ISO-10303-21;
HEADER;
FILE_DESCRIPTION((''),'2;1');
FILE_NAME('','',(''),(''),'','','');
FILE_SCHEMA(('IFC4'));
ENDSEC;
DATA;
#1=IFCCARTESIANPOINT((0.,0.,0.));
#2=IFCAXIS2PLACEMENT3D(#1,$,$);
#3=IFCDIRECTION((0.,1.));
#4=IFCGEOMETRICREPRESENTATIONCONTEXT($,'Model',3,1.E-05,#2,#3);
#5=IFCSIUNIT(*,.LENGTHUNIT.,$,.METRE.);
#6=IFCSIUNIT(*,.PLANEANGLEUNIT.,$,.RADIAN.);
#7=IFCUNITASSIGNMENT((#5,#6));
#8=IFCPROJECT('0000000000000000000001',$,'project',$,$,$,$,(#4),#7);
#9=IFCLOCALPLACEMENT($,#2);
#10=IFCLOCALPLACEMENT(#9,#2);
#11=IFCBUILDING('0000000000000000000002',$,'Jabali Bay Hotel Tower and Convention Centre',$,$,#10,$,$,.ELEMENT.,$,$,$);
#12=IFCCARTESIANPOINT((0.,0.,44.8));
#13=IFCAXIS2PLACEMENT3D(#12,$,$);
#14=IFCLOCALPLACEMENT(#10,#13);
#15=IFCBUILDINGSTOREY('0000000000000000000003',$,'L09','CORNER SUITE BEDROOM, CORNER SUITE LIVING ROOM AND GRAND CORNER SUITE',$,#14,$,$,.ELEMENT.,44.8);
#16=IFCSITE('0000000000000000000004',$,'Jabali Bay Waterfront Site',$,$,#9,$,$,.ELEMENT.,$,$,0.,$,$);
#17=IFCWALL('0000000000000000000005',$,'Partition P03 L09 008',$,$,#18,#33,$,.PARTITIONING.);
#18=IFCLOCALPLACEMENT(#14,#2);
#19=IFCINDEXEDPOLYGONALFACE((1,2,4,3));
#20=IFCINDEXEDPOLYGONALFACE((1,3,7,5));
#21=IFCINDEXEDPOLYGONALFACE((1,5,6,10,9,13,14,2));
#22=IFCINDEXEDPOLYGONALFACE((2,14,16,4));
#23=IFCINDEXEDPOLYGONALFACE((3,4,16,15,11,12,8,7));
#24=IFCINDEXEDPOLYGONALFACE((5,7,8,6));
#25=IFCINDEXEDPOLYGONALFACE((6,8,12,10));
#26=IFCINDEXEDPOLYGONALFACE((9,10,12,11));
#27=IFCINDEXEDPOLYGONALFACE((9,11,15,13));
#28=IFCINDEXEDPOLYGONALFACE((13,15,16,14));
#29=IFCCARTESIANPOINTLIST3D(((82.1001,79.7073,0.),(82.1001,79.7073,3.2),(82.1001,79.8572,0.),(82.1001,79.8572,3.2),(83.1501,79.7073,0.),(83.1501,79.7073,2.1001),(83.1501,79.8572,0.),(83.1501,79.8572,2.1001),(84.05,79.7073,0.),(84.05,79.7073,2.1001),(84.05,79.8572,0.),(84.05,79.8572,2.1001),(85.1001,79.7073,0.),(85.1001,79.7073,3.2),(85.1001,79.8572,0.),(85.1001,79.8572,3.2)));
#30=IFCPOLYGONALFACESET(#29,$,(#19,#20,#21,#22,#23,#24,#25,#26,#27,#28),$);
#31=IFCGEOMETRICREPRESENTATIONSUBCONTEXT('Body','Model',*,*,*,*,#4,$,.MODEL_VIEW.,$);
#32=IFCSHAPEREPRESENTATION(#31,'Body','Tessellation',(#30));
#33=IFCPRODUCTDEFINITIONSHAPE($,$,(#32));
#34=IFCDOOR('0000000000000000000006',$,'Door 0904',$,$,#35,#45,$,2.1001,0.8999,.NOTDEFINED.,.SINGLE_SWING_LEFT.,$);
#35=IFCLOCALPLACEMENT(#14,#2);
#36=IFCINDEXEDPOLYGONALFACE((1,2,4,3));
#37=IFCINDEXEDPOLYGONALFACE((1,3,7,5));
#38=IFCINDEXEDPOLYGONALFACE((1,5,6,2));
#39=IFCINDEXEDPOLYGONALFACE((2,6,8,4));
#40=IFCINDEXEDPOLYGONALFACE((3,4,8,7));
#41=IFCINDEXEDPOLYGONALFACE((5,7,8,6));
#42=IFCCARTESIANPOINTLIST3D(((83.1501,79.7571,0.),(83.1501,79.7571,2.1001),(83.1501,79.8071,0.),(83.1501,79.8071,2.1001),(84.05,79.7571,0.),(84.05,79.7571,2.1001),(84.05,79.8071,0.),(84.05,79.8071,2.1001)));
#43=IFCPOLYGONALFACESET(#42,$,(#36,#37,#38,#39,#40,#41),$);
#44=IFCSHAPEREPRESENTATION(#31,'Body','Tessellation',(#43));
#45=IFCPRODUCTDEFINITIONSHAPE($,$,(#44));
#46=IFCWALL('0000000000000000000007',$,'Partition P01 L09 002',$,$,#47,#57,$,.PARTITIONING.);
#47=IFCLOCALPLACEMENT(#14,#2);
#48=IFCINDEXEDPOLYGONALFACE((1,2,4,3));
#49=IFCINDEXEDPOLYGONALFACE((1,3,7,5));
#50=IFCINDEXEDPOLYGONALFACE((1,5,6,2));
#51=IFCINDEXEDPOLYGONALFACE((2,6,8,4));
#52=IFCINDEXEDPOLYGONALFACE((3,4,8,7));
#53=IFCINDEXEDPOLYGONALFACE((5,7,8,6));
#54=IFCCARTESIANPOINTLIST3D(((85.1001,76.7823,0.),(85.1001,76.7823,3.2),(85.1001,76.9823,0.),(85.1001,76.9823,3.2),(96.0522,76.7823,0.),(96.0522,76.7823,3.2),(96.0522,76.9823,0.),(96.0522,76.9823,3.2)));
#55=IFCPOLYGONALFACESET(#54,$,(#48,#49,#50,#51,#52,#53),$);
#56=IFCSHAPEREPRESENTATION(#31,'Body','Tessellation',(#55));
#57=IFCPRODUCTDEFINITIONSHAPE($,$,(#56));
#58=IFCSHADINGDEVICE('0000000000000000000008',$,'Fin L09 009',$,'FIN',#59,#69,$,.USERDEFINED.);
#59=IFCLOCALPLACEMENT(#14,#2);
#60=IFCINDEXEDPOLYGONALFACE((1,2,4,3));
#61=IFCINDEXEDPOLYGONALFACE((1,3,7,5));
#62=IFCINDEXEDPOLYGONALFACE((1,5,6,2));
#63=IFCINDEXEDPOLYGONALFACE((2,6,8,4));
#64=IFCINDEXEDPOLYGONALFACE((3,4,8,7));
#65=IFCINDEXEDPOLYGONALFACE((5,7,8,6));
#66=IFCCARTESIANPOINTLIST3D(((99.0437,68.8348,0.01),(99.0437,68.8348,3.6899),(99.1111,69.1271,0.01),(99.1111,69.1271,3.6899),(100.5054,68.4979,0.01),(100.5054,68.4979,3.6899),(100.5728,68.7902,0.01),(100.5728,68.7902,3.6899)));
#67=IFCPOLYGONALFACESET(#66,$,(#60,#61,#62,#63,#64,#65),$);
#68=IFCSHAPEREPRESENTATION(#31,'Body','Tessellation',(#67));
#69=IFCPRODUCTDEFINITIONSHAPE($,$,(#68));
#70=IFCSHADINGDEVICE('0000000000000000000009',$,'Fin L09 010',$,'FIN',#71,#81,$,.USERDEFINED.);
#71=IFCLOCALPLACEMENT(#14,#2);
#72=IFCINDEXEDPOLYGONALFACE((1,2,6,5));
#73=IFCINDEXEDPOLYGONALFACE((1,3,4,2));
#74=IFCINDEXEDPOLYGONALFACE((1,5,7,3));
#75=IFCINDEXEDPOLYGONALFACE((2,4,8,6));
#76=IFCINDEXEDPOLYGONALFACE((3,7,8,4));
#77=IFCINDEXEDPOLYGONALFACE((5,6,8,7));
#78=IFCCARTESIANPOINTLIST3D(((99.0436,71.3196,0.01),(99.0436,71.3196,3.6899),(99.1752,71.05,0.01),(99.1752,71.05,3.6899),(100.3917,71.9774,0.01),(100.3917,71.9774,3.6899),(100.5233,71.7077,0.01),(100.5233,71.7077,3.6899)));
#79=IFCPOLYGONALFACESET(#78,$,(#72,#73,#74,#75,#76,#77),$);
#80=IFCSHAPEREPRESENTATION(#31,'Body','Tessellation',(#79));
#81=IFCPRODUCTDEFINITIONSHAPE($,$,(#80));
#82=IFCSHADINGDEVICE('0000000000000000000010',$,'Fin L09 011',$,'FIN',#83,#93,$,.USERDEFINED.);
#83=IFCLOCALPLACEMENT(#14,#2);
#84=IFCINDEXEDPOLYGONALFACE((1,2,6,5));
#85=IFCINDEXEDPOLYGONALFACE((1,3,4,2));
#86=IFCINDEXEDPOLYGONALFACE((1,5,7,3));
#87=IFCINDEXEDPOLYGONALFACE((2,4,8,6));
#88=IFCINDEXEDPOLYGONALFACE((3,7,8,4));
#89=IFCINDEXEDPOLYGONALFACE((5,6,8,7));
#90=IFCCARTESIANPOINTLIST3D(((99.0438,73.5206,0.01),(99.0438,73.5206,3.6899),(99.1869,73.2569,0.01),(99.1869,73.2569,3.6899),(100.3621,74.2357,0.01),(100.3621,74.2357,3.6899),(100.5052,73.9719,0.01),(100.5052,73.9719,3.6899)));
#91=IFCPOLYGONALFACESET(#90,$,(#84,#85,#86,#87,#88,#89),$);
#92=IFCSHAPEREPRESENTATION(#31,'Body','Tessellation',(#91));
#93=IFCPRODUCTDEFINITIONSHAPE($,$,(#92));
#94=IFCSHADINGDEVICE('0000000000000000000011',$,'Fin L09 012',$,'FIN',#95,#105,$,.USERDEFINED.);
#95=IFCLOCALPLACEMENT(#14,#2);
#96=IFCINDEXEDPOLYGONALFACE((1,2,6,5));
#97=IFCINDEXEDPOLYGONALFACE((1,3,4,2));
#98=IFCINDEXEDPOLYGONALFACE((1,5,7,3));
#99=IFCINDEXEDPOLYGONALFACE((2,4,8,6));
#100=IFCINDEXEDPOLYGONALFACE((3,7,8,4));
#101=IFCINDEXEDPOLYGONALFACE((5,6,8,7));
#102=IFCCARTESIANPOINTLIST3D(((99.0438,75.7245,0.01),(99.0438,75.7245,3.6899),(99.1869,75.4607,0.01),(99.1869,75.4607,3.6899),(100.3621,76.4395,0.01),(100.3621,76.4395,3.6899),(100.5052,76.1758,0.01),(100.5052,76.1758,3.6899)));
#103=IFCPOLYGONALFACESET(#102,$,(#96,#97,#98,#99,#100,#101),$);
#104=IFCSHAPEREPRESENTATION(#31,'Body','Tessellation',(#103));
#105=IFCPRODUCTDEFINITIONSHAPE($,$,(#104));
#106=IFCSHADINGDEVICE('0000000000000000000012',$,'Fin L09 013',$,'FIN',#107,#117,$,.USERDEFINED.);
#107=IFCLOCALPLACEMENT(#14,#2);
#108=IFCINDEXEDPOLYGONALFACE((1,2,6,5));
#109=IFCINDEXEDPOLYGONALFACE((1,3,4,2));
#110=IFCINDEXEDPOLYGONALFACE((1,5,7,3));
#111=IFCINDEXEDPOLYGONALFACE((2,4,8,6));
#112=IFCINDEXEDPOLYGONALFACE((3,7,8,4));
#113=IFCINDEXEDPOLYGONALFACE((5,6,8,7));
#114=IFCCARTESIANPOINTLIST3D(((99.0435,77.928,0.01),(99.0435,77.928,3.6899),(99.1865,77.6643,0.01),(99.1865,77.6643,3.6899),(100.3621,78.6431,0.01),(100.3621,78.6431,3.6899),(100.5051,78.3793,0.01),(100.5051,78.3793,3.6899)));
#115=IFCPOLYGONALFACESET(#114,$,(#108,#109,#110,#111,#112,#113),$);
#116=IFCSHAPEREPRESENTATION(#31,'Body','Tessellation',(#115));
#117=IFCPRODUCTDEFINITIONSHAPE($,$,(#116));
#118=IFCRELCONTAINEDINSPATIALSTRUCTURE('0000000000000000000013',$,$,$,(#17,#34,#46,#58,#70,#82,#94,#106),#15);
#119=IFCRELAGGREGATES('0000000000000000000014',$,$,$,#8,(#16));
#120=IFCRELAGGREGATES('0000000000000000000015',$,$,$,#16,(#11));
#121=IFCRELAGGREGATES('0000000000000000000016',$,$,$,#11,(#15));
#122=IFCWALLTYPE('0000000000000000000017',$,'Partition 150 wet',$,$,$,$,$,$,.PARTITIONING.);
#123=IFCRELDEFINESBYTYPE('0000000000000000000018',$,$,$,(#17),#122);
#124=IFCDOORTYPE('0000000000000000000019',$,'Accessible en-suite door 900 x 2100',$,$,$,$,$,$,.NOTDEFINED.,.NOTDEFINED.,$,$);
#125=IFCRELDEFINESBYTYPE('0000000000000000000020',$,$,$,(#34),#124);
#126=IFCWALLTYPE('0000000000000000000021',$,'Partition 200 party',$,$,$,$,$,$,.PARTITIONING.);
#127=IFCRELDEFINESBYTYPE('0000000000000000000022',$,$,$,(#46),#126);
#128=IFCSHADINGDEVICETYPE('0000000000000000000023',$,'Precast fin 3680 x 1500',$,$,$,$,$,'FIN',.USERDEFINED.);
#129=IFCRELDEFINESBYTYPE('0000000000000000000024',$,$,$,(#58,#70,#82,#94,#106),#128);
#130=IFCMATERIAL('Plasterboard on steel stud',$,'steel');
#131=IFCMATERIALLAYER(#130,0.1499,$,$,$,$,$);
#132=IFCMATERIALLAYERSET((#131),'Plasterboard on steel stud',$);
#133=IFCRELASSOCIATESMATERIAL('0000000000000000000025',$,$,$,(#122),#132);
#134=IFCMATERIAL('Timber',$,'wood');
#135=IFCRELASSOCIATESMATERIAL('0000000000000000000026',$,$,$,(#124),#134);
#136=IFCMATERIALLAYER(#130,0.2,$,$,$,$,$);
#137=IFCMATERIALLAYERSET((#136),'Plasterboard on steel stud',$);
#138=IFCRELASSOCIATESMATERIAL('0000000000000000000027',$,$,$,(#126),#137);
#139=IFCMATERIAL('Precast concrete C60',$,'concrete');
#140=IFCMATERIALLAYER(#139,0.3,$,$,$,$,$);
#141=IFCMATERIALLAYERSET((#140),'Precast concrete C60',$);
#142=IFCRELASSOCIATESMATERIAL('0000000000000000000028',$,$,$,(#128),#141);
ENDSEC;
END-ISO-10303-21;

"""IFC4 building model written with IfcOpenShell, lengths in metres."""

from ifc_helpers import new_model, si_unit, direction, frame, frame_2d, origin, place, context, subcontext, project, spatial, rectangle, extrude, material, layer, layer_set, type_object, element, fill, save


model = new_model("IFC4")

# Units and contexts
model_context = context("Model", 3, precision=1e-05, world=origin(), true_north=direction((0.0, 1.0)))
body_context = subcontext(model_context, "Body", "Model", "MODEL_VIEW")
ifc_project = project(units=[si_unit("LENGTHUNIT", "METRE"), si_unit("PLANEANGLEUNIT", "RADIAN")], contexts=[model_context])

# Site, building, storey
site_placement = place(None, origin())
site = spatial("IfcSite", under=ifc_project, at=site_placement, Name="Jabali Bay Waterfront Site", CompositionType="ELEMENT", RefElevation=0.0)
building_placement = place(site_placement, origin())
building = spatial("IfcBuilding", under=site, at=building_placement, Name="Jabali Bay Hotel Tower and Convention Centre", CompositionType="ELEMENT")
storey_placement = place(building_placement, frame((0.0, 0.0, 44.8)))
storey = spatial("IfcBuildingStorey", under=building, at=storey_placement, Name="L09", Description="CORNER SUITE BEDROOM, CORNER SUITE LIVING ROOM AND GRAND CORNER SUITE", CompositionType="ELEMENT", Elevation=44.8)

# Shared definitions
ifc_material_1 = material(Name="Timber", Category="wood")

# Shared definitions
ifc_material_2 = material(Name="Plasterboard on steel stud", Category="steel")

# Shared definitions
ifc_layer_1 = layer(ifc_material_2, 0.1499)
ifc_layer_set_1 = layer_set([ifc_layer_1], Name="Plasterboard on steel stud")
wall_type_1 = type_object("IfcWallType", Name="Partition 150 wet", PredefinedType="PARTITIONING", material=ifc_layer_set_1)

# Wall, opening, door
wall_1_placement = place(storey_placement, frame((82.1001, 79.7822, 0.0), z_axis=(0.0, 0.0, 1.0), x_axis=(1.0, 0.0, 0.0)))
wall_1 = element("IfcWall", 1, at=wall_1_placement, inside=storey, type_object=wall_type_1, Name="Partition P03 L09 008", PredefinedType="PARTITIONING", context=body_context, shape_type="SweptSolid", body=[
    extrude(rectangle(XDim=3.0, YDim=0.1499, at=frame_2d((1.5, 0.0))), origin(), (0.0, 0.0, 1.0), 3.2),
])
opening_1_placement = place(wall_1_placement, frame((1.05, 0.0, 0.0)))
opening_1 = element("IfcOpeningElement", 2, at=opening_1_placement, cuts=wall_1, PredefinedType="OPENING", context=body_context, shape_type="SweptSolid", body=[
    extrude(rectangle(XDim=0.8999, YDim=2.1001, at=frame_2d((0.45, 1.05))), frame((0.0, 0.0854, 0.0), z_axis=(0.0, -1.0, 0.0), x_axis=(1.0, 0.0, 0.0)), (0.0, 0.0, 1.0), 0.1709),
])
door_type_1 = type_object("IfcDoorType", Name="Accessible en-suite door 900 x 2100", OperationType="NOTDEFINED", PredefinedType="NOTDEFINED", material=ifc_material_1)
door_1_placement = place(opening_1_placement, origin())
door_1 = element("IfcDoor", 3, at=door_1_placement, inside=storey, type_object=door_type_1, Name="Door 0904", OperationType="SINGLE_SWING_LEFT", OverallHeight=2.1001, OverallWidth=0.8999, PredefinedType="NOTDEFINED", context=body_context, shape_type="SweptSolid", body=[
    extrude(rectangle(XDim=0.8999, YDim=2.1001, at=frame_2d((0.45, 1.05))), frame((0.0, 0.0249, 0.0), z_axis=(0.0, -1.0, 0.0), x_axis=(1.0, 0.0, 0.0)), (0.0, 0.0, 1.0), 0.05),
])
fill(opening_1, door_1)

# Wall
ifc_layer_2 = layer(ifc_material_2, 0.2)
ifc_layer_set_2 = layer_set([ifc_layer_2], Name="Plasterboard on steel stud")
wall_type_2 = type_object("IfcWallType", Name="Partition 200 party", PredefinedType="PARTITIONING", material=ifc_layer_set_2)
wall_2_placement = place(storey_placement, frame((96.0522, 76.8823, 0.0), z_axis=(0.0, 0.0, 1.0), x_axis=(-1.0, 0.0, 0.0)))
element("IfcWall", 4, at=wall_2_placement, inside=storey, type_object=wall_type_2, Name="Partition P01 L09 002", PredefinedType="PARTITIONING", context=body_context, shape_type="SweptSolid", body=[
    extrude(rectangle(XDim=10.9521, YDim=0.2, at=frame_2d((5.4761, 0.0))), origin(), (0.0, 0.0, 1.0), 3.2),
])

# Shading devices
ifc_material_3 = material(Name="Precast concrete C60", Category="concrete")
ifc_layer_3 = layer(ifc_material_3, 0.3)
ifc_layer_set_3 = layer_set([ifc_layer_3], Name="Precast concrete C60")
shading_device_type = type_object("IfcShadingDeviceType", Name="Precast fin 3680 x 1500", ElementType="FIN", PredefinedType="USERDEFINED", material=ifc_layer_set_3)
for number, where, z_axis, x_axis, name in (
    (5, (99.0774, 68.981, 0.01), (0.0, 0.0, 1.0), (0.974449, -0.22461, 0.0), "Fin L09 009"),
    (6, (99.1094, 71.1848, 0.01), (0.0, 0.0, 1.0), (0.898747, 0.438469, 0.0), "Fin L09 010"),
):
    element("IfcShadingDevice", number, at=place(storey_placement, frame(where, z_axis=z_axis, x_axis=x_axis)), inside=storey, type_object=shading_device_type, Name=name, ObjectType="FIN", PredefinedType="USERDEFINED", context=body_context, shape_type="SweptSolid", body=[
        extrude(rectangle(XDim=1.5, YDim=0.3, at=frame_2d((0.75, 0.0))), origin(), (0.0, 0.0, 1.0), 3.6799),
    ])
for number, where, z_axis, x_axis, name in (
    (7, (99.1152, 73.3887, 0.01), (0.0, 0.0, 1.0), (0.879019, 0.476786, 0.0), "Fin L09 011"),
    (8, (99.1152, 75.5925, 0.01), (0.0, 0.0, 1.0), (0.879019, 0.476786, 0.0), "Fin L09 012"),
):
    element("IfcShadingDevice", number, at=place(storey_placement, frame(where, z_axis=z_axis, x_axis=x_axis)), inside=storey, type_object=shading_device_type, Name=name, ObjectType="FIN", PredefinedType="USERDEFINED", context=body_context, shape_type="SweptSolid", body=[
        extrude(rectangle(XDim=1.4998, YDim=0.3, at=frame_2d((0.75, 0.0))), origin(), (0.0, 0.0, 1.0), 3.6799),
    ])
shading_device_placement = place(storey_placement, frame((99.115, 77.7961, 0.01), z_axis=(0.0, 0.0, 1.0), x_axis=(0.879056, 0.476718, 0.0)))
element("IfcShadingDevice", 9, at=shading_device_placement, inside=storey, type_object=shading_device_type, Name="Fin L09 013", ObjectType="FIN", PredefinedType="USERDEFINED", context=body_context, shape_type="SweptSolid", body=[
    extrude(rectangle(XDim=1.5, YDim=0.3, at=frame_2d((0.75, 0.0))), origin(), (0.0, 0.0, 1.0), 3.6799),
])

save(model, "model.ifc")
